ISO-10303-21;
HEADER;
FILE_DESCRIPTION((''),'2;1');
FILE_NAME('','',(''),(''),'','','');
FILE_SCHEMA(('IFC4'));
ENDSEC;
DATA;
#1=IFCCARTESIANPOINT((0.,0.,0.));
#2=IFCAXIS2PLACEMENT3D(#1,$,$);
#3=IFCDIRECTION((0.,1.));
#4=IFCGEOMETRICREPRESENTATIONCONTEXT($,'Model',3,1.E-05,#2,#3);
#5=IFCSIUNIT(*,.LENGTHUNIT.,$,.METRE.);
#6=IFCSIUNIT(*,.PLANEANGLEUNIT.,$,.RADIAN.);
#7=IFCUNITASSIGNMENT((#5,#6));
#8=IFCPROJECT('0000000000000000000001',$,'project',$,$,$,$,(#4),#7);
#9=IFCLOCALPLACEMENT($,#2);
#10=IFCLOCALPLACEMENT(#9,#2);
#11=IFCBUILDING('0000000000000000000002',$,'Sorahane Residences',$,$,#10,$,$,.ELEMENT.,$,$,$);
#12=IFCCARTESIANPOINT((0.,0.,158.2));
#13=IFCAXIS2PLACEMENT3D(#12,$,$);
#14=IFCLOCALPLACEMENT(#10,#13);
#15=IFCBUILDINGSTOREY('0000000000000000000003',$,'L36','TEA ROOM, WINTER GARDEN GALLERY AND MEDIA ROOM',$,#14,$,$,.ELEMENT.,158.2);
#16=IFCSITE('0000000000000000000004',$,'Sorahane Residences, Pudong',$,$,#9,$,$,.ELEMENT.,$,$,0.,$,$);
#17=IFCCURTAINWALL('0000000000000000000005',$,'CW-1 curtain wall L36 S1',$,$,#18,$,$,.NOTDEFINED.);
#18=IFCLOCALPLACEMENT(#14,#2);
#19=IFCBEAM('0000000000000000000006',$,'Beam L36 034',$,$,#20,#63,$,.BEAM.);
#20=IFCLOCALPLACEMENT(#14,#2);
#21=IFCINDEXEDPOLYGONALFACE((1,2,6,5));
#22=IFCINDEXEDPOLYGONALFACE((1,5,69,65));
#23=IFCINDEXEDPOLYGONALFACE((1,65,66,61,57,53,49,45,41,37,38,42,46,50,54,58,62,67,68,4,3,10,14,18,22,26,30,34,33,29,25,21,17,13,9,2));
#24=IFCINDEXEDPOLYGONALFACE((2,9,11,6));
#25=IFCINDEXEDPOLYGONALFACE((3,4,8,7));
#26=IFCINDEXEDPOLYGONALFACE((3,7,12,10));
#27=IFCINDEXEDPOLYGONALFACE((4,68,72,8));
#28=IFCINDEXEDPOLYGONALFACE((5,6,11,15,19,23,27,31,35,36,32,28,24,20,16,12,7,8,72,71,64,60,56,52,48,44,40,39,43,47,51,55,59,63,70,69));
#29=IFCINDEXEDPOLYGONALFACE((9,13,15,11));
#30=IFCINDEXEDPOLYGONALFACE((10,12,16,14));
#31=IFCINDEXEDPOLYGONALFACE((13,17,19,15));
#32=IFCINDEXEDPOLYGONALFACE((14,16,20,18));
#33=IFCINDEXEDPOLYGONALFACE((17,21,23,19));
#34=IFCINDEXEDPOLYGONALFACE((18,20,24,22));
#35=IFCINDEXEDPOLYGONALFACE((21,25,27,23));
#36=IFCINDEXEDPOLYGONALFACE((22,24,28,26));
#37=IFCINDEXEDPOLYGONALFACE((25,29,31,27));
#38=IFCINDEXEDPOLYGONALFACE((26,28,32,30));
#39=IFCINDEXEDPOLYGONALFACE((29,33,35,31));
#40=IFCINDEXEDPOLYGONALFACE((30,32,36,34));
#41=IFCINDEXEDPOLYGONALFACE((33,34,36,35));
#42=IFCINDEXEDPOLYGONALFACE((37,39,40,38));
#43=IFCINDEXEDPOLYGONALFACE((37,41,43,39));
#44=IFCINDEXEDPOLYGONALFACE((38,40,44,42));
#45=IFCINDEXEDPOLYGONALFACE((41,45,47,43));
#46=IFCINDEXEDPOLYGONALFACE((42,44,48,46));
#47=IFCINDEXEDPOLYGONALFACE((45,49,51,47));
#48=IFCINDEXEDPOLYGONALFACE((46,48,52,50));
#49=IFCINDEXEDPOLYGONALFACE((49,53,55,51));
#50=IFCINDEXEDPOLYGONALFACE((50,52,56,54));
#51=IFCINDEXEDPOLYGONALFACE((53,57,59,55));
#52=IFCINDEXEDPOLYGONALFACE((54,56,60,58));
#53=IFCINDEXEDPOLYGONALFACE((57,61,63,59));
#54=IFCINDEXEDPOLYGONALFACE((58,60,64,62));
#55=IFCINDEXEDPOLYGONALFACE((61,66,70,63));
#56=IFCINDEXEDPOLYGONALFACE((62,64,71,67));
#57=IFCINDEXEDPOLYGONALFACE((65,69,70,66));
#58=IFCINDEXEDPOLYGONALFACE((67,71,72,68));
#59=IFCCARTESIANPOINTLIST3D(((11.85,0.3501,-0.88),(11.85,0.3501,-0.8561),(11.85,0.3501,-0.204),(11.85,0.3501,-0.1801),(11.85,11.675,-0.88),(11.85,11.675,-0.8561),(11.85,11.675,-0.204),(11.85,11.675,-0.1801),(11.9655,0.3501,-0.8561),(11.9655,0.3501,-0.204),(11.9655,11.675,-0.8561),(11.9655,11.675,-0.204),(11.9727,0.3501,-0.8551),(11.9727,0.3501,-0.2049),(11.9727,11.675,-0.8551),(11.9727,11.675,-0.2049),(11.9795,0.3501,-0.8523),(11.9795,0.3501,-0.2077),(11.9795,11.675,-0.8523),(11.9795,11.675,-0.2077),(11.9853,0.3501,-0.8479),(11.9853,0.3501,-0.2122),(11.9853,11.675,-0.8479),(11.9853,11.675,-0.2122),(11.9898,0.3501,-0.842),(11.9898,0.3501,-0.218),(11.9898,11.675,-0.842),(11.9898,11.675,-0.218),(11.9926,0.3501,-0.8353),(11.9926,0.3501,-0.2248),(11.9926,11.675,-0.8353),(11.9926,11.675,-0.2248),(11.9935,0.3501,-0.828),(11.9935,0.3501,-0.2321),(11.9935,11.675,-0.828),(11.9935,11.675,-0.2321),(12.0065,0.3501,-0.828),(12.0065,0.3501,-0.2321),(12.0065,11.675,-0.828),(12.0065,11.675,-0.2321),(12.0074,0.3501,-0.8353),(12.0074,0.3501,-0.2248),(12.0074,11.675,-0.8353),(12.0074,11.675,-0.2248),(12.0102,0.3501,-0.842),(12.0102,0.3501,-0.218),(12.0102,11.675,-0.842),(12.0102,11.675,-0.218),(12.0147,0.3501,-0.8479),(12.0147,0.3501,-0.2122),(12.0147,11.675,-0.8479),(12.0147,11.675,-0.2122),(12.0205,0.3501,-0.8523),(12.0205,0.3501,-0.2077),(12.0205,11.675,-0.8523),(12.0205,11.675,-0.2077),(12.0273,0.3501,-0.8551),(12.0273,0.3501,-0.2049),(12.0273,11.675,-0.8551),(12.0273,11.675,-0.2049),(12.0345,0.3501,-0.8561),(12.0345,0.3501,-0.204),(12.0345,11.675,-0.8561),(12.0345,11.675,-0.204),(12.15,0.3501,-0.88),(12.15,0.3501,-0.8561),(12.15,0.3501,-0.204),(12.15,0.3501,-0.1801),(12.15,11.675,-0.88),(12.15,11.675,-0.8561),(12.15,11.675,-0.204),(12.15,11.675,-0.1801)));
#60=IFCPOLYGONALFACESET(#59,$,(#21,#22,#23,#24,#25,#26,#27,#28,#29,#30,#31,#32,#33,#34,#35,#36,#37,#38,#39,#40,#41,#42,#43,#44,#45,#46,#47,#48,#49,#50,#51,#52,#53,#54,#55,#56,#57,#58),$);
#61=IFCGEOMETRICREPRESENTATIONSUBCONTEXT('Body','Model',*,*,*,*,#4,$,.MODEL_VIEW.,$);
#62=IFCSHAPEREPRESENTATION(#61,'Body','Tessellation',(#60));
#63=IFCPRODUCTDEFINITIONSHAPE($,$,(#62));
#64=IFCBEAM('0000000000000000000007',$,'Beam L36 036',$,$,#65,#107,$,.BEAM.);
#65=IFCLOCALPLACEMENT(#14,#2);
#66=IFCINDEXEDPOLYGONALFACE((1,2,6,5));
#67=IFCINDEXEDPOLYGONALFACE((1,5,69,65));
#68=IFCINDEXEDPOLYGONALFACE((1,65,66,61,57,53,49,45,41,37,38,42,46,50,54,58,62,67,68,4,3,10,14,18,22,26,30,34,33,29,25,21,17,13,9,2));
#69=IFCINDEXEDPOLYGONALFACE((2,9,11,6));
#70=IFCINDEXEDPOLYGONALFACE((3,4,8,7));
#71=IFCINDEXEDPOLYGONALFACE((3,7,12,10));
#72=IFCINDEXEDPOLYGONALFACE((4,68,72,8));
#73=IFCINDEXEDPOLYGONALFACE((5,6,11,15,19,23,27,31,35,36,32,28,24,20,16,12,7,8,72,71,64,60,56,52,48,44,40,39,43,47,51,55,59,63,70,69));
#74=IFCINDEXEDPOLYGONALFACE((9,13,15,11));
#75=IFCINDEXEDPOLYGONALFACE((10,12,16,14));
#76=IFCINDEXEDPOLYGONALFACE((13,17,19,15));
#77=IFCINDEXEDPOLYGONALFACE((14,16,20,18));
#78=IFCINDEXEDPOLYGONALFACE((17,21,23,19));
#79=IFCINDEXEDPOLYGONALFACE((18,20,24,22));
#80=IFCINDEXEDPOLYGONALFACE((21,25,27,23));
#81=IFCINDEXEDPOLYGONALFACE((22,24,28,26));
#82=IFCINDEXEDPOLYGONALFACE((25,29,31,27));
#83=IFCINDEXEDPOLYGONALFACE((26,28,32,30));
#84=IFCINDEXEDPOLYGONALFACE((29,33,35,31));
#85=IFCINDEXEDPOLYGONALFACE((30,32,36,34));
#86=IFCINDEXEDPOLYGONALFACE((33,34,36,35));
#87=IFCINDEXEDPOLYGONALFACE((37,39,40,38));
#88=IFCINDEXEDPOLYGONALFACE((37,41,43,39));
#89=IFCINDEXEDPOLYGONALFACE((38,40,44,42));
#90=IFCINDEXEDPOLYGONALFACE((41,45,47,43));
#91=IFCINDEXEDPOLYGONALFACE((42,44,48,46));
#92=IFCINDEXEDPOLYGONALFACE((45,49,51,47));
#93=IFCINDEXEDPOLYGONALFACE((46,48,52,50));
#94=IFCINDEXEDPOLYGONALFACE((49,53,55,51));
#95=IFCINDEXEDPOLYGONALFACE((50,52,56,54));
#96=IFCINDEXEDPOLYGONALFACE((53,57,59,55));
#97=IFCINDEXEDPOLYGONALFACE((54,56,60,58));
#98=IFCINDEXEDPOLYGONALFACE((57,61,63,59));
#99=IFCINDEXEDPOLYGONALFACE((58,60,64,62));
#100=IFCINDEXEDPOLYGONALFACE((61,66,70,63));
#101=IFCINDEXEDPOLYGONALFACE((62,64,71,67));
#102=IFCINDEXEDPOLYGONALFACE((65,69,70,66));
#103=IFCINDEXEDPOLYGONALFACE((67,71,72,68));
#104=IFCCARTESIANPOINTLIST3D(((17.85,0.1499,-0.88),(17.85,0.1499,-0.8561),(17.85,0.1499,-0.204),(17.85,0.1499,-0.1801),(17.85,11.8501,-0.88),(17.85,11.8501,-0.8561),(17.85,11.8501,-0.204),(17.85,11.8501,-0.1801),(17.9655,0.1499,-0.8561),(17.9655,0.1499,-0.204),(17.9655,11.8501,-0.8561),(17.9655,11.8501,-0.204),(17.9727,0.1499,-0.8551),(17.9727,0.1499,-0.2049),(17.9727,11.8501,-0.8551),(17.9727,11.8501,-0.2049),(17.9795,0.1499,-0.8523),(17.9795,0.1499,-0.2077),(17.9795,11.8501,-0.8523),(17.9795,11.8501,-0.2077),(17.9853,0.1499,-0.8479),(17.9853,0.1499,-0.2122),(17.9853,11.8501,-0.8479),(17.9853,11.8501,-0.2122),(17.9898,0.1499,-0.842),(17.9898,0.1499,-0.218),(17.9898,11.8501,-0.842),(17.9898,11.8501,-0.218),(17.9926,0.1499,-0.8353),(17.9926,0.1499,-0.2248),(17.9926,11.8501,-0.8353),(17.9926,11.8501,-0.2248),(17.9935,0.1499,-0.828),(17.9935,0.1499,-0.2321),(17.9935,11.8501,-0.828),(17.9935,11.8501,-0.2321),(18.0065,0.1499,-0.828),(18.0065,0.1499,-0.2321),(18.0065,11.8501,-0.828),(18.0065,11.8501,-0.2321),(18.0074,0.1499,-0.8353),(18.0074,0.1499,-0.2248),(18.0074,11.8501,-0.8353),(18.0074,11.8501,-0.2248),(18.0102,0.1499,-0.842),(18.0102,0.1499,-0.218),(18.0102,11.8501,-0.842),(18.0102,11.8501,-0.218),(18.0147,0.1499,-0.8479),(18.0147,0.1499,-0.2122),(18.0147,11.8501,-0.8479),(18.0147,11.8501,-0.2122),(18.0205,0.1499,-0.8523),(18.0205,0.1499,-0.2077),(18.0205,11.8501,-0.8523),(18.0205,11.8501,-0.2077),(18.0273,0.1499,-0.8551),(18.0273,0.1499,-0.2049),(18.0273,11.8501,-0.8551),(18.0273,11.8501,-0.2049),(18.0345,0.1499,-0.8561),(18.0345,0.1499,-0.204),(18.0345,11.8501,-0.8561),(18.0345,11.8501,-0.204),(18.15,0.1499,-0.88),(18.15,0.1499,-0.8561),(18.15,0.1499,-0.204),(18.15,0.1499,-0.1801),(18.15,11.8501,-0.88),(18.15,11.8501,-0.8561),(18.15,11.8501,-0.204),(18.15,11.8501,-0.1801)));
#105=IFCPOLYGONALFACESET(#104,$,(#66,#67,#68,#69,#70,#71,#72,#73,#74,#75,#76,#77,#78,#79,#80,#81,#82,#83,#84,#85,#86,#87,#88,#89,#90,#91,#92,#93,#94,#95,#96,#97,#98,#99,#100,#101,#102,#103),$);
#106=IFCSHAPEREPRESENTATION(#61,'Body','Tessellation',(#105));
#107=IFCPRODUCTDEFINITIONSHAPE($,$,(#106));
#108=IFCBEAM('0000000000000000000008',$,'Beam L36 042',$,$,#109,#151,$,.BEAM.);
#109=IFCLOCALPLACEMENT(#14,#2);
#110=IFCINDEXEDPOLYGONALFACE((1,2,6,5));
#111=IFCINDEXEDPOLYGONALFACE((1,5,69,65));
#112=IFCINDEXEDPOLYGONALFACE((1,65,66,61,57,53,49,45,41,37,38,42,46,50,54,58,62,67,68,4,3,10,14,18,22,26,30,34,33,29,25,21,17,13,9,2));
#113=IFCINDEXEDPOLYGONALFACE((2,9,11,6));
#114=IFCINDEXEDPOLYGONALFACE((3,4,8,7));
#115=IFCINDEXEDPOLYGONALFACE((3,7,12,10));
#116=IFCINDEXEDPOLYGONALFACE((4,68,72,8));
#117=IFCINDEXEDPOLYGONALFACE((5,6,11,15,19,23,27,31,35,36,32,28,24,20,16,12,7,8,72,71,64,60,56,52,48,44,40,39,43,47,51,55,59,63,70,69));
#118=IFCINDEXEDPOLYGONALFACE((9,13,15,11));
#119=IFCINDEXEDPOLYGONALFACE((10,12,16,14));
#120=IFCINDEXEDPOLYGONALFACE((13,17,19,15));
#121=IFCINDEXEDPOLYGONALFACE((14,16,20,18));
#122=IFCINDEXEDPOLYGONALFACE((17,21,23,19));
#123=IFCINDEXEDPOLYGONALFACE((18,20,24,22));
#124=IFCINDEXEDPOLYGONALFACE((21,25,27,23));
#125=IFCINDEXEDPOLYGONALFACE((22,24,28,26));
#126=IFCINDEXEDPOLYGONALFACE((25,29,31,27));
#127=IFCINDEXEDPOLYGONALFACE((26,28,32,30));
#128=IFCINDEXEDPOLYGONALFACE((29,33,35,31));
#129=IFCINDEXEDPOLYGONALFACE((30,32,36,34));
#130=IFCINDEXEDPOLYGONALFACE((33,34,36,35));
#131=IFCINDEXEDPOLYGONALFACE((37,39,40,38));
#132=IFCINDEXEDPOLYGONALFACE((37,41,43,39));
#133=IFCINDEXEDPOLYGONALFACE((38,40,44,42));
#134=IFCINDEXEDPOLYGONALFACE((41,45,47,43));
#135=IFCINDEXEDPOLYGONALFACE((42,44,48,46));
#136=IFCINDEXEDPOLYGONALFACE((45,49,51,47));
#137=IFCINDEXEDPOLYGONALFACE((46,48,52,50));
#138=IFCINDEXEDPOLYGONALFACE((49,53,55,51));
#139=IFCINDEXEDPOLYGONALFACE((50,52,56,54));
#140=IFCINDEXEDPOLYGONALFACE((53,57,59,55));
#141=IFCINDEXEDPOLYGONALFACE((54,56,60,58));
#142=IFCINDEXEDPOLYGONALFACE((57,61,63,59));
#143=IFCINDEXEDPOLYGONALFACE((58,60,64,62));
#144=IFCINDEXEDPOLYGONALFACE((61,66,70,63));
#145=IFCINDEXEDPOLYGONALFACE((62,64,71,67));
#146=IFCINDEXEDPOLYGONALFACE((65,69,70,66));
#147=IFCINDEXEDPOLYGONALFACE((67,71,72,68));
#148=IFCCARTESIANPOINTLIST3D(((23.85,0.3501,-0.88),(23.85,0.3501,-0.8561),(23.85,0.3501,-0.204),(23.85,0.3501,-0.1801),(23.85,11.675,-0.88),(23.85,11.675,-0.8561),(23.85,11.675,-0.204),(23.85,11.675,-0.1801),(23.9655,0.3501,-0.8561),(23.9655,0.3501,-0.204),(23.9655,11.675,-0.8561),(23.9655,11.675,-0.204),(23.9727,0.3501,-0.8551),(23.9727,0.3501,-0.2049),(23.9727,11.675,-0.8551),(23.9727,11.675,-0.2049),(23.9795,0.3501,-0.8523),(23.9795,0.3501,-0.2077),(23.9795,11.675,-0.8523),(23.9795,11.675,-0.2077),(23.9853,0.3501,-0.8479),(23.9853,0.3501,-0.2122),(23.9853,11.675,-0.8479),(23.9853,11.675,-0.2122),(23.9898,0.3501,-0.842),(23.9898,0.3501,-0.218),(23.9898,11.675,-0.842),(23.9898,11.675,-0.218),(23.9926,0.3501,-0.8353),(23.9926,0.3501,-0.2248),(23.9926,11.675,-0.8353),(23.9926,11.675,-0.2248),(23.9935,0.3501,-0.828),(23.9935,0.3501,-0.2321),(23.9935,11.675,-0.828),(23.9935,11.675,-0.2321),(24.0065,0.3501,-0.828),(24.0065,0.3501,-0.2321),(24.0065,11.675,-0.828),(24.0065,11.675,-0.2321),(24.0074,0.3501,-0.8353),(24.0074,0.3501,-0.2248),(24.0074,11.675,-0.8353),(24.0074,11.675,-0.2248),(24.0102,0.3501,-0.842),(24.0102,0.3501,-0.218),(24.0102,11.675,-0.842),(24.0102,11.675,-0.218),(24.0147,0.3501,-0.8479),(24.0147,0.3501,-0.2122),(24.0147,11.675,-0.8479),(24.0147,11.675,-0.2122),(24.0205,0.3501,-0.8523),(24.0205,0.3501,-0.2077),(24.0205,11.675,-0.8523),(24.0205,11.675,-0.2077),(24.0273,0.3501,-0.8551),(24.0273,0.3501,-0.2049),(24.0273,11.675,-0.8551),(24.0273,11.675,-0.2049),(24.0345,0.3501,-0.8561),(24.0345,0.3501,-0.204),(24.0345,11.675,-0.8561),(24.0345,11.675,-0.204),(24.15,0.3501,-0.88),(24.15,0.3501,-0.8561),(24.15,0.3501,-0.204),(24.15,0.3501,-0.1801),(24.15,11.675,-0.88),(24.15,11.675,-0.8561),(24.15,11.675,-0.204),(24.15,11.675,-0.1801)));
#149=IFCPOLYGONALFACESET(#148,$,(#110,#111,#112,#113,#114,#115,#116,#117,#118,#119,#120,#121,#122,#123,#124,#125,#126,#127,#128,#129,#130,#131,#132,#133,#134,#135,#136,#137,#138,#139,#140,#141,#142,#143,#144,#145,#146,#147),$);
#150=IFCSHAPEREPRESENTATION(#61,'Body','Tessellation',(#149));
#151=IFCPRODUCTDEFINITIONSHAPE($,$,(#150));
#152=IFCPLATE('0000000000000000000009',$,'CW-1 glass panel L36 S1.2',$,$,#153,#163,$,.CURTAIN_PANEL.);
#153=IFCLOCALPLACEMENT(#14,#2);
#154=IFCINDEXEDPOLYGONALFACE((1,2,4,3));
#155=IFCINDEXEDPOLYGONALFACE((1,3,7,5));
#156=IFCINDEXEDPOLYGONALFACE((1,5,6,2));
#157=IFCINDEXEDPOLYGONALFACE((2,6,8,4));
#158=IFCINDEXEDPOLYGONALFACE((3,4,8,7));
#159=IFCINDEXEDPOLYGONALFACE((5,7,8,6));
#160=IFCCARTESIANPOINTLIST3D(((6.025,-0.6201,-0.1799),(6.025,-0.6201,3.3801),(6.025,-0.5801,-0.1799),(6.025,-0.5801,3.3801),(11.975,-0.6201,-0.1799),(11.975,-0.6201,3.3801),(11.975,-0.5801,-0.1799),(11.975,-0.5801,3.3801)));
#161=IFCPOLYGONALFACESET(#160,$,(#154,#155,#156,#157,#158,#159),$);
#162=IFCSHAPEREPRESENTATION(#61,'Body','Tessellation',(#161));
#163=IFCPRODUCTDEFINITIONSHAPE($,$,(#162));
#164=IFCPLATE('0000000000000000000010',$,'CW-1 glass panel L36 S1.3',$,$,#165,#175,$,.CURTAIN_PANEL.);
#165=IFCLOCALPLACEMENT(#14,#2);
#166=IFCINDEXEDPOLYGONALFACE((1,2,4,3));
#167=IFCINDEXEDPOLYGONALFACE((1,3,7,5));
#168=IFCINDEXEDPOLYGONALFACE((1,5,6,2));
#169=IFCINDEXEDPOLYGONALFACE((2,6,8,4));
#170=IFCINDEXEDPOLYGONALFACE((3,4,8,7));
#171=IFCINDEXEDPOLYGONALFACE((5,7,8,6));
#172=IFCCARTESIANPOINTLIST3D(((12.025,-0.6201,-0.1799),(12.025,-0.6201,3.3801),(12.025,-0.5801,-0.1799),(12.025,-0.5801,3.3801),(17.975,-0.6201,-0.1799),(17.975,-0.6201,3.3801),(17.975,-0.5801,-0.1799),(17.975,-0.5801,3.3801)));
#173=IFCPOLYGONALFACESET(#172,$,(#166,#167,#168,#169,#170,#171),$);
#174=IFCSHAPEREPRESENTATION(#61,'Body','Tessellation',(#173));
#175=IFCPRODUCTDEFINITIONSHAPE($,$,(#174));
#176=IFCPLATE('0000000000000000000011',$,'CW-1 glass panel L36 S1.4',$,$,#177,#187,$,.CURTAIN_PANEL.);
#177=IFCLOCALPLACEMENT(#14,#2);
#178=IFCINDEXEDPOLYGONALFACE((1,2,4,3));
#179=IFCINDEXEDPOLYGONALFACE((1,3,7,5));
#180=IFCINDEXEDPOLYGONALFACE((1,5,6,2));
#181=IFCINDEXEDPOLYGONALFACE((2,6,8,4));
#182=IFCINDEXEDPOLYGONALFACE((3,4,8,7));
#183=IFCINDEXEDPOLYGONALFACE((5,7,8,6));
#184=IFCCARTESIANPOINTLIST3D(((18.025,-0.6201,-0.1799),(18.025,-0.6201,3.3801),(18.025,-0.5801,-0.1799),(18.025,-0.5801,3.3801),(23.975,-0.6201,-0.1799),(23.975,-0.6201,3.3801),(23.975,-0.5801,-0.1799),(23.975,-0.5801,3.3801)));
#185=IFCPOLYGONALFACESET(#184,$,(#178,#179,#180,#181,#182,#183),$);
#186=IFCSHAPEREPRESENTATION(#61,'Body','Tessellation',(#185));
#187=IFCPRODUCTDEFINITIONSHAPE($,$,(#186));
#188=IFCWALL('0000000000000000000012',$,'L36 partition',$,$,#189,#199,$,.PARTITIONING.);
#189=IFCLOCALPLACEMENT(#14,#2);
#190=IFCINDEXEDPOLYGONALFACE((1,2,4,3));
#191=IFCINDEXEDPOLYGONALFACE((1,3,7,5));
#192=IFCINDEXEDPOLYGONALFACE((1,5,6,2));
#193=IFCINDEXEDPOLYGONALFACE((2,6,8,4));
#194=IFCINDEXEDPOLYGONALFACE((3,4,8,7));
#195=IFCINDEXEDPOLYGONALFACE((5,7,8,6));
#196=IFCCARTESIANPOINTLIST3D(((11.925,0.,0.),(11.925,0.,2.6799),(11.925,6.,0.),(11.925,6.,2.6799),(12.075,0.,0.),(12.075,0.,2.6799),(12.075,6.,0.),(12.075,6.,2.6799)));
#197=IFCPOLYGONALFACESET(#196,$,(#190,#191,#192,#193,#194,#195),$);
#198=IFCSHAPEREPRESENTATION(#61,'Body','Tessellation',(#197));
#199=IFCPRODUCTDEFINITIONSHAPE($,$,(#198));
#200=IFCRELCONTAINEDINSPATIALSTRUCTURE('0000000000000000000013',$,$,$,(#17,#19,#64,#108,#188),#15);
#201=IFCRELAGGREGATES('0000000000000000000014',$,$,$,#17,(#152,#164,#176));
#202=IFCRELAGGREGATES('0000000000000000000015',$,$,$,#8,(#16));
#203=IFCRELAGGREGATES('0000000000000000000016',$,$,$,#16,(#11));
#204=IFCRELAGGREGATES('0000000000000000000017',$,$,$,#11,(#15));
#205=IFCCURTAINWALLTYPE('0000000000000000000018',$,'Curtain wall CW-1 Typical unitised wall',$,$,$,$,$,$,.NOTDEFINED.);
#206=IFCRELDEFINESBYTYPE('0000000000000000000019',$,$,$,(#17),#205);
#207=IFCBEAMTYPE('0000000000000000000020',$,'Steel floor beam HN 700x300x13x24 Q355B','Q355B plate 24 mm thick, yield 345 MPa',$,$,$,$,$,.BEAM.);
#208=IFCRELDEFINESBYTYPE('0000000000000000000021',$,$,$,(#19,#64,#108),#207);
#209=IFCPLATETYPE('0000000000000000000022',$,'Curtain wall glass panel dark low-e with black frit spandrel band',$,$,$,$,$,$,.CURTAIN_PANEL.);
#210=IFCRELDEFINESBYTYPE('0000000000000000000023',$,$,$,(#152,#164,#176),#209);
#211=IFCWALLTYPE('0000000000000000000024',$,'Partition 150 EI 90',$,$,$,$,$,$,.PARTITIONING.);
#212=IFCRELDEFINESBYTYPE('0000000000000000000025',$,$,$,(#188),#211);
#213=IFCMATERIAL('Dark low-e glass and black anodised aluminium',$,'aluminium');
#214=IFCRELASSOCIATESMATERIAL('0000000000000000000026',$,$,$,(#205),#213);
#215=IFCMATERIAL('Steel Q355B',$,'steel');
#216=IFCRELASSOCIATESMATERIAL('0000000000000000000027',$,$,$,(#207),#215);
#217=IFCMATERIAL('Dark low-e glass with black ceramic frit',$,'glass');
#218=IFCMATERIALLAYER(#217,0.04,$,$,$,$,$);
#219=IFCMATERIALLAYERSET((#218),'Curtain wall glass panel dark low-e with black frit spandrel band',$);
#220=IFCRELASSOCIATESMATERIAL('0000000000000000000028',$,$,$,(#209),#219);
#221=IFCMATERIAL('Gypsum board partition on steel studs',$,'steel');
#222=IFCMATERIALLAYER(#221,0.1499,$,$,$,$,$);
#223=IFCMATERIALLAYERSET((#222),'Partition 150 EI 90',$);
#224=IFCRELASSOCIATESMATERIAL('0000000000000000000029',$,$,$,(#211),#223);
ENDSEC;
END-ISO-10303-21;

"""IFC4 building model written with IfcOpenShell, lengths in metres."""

from ifc_helpers import new_model, si_unit, direction, frame, frame_2d, origin, origin_2d, place, context, subcontext, project, spatial, rectangle, i_section, extrude, material, layer, layer_set, material_profile, profile_set, type_object, element, aggregate, save


model = new_model("IFC4")

# Units and contexts
model_context = context("Model", 3, precision=1e-05, world=origin(), true_north=direction((0.0, 1.0)))
body_context = subcontext(model_context, "Body", "Model", "MODEL_VIEW")
ifc_project = project(units=[si_unit("LENGTHUNIT", "METRE"), si_unit("PLANEANGLEUNIT", "RADIAN")], contexts=[model_context])

# Site, building, storey
site_placement = place(None, origin())
site = spatial("IfcSite", under=ifc_project, at=site_placement, Name="Sorahane Residences, Pudong", CompositionType="ELEMENT", RefElevation=0.0)
building_placement = place(site_placement, origin())
building = spatial("IfcBuilding", under=site, at=building_placement, Name="Sorahane Residences", CompositionType="ELEMENT")
storey_placement = place(building_placement, frame((0.0, 0.0, 158.2)))
storey = spatial("IfcBuildingStorey", under=building, at=storey_placement, Name="L36", Description="TEA ROOM, WINTER GARDEN GALLERY AND MEDIA ROOM", CompositionType="ELEMENT", Elevation=158.2)

# Curtain wall
ifc_material_1 = material(Name="Dark low-e glass and black anodised aluminium", Category="aluminium")
curtain_wall_type = type_object("IfcCurtainWallType", Name="Curtain wall CW-1 Typical unitised wall", PredefinedType="NOTDEFINED", material=ifc_material_1)
curtain_wall_placement = place(storey_placement, origin())
curtain_wall = element("IfcCurtainWall", 1, at=curtain_wall_placement, inside=storey, type_object=curtain_wall_type, Name="CW-1 curtain wall L36 S1", PredefinedType="NOTDEFINED")

# Beams
ifc_material_2 = material(Name="Steel Q355B", Category="steel")
ifc_material_profile_1 = material_profile(ifc_material_2, i_section(OverallWidth=0.3, OverallDepth=0.7, WebThickness=0.0129, FlangeThickness=0.0239, FilletRadius=0.0281, at=origin_2d()), Name="HN 700x300x13x24")
ifc_profile_set_1 = profile_set([ifc_material_profile_1], Name="Steel Q355B")
beam_type_1 = type_object("IfcBeamType", Name="Steel floor beam HN 700x300x13x24 Q355B", Description="Q355B plate 24 mm thick, yield 345 MPa", PredefinedType="BEAM", material=ifc_profile_set_1)
beam_1_placement = place(storey_placement, frame((12.0, 0.3501, -0.53), z_axis=(0.0, 1.0, 0.0), x_axis=(-1.0, 0.0, 0.0)))
element("IfcBeam", 2, at=beam_1_placement, inside=storey, type_object=beam_type_1, Name="Beam L36 034", PredefinedType="BEAM", context=body_context, shape_type="SweptSolid", body=[
    extrude(i_section(OverallWidth=0.3, OverallDepth=0.7, WebThickness=0.0129, FlangeThickness=0.0239, FilletRadius=0.0281, at=origin_2d()), origin(), (0.0, 0.0, 1.0), 11.325),
])
beam_2_placement = place(storey_placement, frame((18.0, 0.1499, -0.53), z_axis=(0.0, 1.0, 0.0), x_axis=(-1.0, 0.0, 0.0)))
element("IfcBeam", 3, at=beam_2_placement, inside=storey, type_object=beam_type_1, Name="Beam L36 036", PredefinedType="BEAM", context=body_context, shape_type="SweptSolid", body=[
    extrude(i_section(OverallWidth=0.3, OverallDepth=0.7, WebThickness=0.0129, FlangeThickness=0.0239, FilletRadius=0.0281, at=origin_2d()), origin(), (0.0, 0.0, 1.0), 11.7002),
])
beam_3_placement = place(storey_placement, frame((24.0, 0.3501, -0.53), z_axis=(0.0, 1.0, 0.0), x_axis=(-1.0, 0.0, 0.0)))
element("IfcBeam", 4, at=beam_3_placement, inside=storey, type_object=beam_type_1, Name="Beam L36 042", PredefinedType="BEAM", context=body_context, shape_type="SweptSolid", body=[
    extrude(i_section(OverallWidth=0.3, OverallDepth=0.7, WebThickness=0.0129, FlangeThickness=0.0239, FilletRadius=0.0281, at=origin_2d()), origin(), (0.0, 0.0, 1.0), 11.325),
])

# Plates
ifc_material_3 = material(Name="Dark low-e glass with black ceramic frit", Category="glass")
ifc_layer_1 = layer(ifc_material_3, 0.04)
ifc_layer_set_1 = layer_set([ifc_layer_1], Name="Curtain wall glass panel dark low-e with black frit spandrel band")
plate_type = type_object("IfcPlateType", Name="Curtain wall glass panel dark low-e with black frit spandrel band", PredefinedType="CURTAIN_PANEL", material=ifc_layer_set_1)
plate_1_placement = place(storey_placement, frame((9.0, -0.6001, -0.1799), z_axis=(0.0, 0.0, 1.0), x_axis=(1.0, 0.0, 0.0)))
plate_1 = element("IfcPlate", 5, at=plate_1_placement, type_object=plate_type, Name="CW-1 glass panel L36 S1.2", PredefinedType="CURTAIN_PANEL", context=body_context, shape_type="SweptSolid", body=[
    extrude(rectangle(XDim=5.95, YDim=0.04, at=origin_2d()), origin(), (0.0, 0.0, 1.0), 3.5601),
])
plate_2_placement = place(storey_placement, frame((15.0, -0.6001, -0.1799), z_axis=(0.0, 0.0, 1.0), x_axis=(1.0, 0.0, 0.0)))
plate_2 = element("IfcPlate", 6, at=plate_2_placement, type_object=plate_type, Name="CW-1 glass panel L36 S1.3", PredefinedType="CURTAIN_PANEL", context=body_context, shape_type="SweptSolid", body=[
    extrude(rectangle(XDim=5.95, YDim=0.04, at=origin_2d()), origin(), (0.0, 0.0, 1.0), 3.5601),
])
plate_3_placement = place(storey_placement, frame((21.0, -0.6001, -0.1799), z_axis=(0.0, 0.0, 1.0), x_axis=(1.0, 0.0, 0.0)))
plate_3 = element("IfcPlate", 7, at=plate_3_placement, type_object=plate_type, Name="CW-1 glass panel L36 S1.4", PredefinedType="CURTAIN_PANEL", context=body_context, shape_type="SweptSolid", body=[
    extrude(rectangle(XDim=5.95, YDim=0.04, at=origin_2d()), origin(), (0.0, 0.0, 1.0), 3.5601),
])
aggregate(curtain_wall, [plate_1, plate_2, plate_3])

# Wall
ifc_material_4 = material(Name="Gypsum board partition on steel studs", Category="steel")
ifc_layer_2 = layer(ifc_material_4, 0.1499)
ifc_layer_set_2 = layer_set([ifc_layer_2], Name="Partition 150 EI 90")
wall_type_1 = type_object("IfcWallType", Name="Partition 150 EI 90", PredefinedType="PARTITIONING", material=ifc_layer_set_2)
wall_1_placement = place(storey_placement, frame((12.0, 0.0, 0.0), z_axis=(0.0, 0.0, 1.0), x_axis=(0.0, 1.0, 0.0)))
element("IfcWall", 8, at=wall_1_placement, inside=storey, type_object=wall_type_1, Name="L36 partition", PredefinedType="PARTITIONING", context=body_context, shape_type="SweptSolid", body=[
    extrude(rectangle(XDim=6.0, YDim=0.1499, at=frame_2d((3.0, 0.0))), origin(), (0.0, 0.0, 1.0), 2.6799),
])

save(model, "model.ifc")
